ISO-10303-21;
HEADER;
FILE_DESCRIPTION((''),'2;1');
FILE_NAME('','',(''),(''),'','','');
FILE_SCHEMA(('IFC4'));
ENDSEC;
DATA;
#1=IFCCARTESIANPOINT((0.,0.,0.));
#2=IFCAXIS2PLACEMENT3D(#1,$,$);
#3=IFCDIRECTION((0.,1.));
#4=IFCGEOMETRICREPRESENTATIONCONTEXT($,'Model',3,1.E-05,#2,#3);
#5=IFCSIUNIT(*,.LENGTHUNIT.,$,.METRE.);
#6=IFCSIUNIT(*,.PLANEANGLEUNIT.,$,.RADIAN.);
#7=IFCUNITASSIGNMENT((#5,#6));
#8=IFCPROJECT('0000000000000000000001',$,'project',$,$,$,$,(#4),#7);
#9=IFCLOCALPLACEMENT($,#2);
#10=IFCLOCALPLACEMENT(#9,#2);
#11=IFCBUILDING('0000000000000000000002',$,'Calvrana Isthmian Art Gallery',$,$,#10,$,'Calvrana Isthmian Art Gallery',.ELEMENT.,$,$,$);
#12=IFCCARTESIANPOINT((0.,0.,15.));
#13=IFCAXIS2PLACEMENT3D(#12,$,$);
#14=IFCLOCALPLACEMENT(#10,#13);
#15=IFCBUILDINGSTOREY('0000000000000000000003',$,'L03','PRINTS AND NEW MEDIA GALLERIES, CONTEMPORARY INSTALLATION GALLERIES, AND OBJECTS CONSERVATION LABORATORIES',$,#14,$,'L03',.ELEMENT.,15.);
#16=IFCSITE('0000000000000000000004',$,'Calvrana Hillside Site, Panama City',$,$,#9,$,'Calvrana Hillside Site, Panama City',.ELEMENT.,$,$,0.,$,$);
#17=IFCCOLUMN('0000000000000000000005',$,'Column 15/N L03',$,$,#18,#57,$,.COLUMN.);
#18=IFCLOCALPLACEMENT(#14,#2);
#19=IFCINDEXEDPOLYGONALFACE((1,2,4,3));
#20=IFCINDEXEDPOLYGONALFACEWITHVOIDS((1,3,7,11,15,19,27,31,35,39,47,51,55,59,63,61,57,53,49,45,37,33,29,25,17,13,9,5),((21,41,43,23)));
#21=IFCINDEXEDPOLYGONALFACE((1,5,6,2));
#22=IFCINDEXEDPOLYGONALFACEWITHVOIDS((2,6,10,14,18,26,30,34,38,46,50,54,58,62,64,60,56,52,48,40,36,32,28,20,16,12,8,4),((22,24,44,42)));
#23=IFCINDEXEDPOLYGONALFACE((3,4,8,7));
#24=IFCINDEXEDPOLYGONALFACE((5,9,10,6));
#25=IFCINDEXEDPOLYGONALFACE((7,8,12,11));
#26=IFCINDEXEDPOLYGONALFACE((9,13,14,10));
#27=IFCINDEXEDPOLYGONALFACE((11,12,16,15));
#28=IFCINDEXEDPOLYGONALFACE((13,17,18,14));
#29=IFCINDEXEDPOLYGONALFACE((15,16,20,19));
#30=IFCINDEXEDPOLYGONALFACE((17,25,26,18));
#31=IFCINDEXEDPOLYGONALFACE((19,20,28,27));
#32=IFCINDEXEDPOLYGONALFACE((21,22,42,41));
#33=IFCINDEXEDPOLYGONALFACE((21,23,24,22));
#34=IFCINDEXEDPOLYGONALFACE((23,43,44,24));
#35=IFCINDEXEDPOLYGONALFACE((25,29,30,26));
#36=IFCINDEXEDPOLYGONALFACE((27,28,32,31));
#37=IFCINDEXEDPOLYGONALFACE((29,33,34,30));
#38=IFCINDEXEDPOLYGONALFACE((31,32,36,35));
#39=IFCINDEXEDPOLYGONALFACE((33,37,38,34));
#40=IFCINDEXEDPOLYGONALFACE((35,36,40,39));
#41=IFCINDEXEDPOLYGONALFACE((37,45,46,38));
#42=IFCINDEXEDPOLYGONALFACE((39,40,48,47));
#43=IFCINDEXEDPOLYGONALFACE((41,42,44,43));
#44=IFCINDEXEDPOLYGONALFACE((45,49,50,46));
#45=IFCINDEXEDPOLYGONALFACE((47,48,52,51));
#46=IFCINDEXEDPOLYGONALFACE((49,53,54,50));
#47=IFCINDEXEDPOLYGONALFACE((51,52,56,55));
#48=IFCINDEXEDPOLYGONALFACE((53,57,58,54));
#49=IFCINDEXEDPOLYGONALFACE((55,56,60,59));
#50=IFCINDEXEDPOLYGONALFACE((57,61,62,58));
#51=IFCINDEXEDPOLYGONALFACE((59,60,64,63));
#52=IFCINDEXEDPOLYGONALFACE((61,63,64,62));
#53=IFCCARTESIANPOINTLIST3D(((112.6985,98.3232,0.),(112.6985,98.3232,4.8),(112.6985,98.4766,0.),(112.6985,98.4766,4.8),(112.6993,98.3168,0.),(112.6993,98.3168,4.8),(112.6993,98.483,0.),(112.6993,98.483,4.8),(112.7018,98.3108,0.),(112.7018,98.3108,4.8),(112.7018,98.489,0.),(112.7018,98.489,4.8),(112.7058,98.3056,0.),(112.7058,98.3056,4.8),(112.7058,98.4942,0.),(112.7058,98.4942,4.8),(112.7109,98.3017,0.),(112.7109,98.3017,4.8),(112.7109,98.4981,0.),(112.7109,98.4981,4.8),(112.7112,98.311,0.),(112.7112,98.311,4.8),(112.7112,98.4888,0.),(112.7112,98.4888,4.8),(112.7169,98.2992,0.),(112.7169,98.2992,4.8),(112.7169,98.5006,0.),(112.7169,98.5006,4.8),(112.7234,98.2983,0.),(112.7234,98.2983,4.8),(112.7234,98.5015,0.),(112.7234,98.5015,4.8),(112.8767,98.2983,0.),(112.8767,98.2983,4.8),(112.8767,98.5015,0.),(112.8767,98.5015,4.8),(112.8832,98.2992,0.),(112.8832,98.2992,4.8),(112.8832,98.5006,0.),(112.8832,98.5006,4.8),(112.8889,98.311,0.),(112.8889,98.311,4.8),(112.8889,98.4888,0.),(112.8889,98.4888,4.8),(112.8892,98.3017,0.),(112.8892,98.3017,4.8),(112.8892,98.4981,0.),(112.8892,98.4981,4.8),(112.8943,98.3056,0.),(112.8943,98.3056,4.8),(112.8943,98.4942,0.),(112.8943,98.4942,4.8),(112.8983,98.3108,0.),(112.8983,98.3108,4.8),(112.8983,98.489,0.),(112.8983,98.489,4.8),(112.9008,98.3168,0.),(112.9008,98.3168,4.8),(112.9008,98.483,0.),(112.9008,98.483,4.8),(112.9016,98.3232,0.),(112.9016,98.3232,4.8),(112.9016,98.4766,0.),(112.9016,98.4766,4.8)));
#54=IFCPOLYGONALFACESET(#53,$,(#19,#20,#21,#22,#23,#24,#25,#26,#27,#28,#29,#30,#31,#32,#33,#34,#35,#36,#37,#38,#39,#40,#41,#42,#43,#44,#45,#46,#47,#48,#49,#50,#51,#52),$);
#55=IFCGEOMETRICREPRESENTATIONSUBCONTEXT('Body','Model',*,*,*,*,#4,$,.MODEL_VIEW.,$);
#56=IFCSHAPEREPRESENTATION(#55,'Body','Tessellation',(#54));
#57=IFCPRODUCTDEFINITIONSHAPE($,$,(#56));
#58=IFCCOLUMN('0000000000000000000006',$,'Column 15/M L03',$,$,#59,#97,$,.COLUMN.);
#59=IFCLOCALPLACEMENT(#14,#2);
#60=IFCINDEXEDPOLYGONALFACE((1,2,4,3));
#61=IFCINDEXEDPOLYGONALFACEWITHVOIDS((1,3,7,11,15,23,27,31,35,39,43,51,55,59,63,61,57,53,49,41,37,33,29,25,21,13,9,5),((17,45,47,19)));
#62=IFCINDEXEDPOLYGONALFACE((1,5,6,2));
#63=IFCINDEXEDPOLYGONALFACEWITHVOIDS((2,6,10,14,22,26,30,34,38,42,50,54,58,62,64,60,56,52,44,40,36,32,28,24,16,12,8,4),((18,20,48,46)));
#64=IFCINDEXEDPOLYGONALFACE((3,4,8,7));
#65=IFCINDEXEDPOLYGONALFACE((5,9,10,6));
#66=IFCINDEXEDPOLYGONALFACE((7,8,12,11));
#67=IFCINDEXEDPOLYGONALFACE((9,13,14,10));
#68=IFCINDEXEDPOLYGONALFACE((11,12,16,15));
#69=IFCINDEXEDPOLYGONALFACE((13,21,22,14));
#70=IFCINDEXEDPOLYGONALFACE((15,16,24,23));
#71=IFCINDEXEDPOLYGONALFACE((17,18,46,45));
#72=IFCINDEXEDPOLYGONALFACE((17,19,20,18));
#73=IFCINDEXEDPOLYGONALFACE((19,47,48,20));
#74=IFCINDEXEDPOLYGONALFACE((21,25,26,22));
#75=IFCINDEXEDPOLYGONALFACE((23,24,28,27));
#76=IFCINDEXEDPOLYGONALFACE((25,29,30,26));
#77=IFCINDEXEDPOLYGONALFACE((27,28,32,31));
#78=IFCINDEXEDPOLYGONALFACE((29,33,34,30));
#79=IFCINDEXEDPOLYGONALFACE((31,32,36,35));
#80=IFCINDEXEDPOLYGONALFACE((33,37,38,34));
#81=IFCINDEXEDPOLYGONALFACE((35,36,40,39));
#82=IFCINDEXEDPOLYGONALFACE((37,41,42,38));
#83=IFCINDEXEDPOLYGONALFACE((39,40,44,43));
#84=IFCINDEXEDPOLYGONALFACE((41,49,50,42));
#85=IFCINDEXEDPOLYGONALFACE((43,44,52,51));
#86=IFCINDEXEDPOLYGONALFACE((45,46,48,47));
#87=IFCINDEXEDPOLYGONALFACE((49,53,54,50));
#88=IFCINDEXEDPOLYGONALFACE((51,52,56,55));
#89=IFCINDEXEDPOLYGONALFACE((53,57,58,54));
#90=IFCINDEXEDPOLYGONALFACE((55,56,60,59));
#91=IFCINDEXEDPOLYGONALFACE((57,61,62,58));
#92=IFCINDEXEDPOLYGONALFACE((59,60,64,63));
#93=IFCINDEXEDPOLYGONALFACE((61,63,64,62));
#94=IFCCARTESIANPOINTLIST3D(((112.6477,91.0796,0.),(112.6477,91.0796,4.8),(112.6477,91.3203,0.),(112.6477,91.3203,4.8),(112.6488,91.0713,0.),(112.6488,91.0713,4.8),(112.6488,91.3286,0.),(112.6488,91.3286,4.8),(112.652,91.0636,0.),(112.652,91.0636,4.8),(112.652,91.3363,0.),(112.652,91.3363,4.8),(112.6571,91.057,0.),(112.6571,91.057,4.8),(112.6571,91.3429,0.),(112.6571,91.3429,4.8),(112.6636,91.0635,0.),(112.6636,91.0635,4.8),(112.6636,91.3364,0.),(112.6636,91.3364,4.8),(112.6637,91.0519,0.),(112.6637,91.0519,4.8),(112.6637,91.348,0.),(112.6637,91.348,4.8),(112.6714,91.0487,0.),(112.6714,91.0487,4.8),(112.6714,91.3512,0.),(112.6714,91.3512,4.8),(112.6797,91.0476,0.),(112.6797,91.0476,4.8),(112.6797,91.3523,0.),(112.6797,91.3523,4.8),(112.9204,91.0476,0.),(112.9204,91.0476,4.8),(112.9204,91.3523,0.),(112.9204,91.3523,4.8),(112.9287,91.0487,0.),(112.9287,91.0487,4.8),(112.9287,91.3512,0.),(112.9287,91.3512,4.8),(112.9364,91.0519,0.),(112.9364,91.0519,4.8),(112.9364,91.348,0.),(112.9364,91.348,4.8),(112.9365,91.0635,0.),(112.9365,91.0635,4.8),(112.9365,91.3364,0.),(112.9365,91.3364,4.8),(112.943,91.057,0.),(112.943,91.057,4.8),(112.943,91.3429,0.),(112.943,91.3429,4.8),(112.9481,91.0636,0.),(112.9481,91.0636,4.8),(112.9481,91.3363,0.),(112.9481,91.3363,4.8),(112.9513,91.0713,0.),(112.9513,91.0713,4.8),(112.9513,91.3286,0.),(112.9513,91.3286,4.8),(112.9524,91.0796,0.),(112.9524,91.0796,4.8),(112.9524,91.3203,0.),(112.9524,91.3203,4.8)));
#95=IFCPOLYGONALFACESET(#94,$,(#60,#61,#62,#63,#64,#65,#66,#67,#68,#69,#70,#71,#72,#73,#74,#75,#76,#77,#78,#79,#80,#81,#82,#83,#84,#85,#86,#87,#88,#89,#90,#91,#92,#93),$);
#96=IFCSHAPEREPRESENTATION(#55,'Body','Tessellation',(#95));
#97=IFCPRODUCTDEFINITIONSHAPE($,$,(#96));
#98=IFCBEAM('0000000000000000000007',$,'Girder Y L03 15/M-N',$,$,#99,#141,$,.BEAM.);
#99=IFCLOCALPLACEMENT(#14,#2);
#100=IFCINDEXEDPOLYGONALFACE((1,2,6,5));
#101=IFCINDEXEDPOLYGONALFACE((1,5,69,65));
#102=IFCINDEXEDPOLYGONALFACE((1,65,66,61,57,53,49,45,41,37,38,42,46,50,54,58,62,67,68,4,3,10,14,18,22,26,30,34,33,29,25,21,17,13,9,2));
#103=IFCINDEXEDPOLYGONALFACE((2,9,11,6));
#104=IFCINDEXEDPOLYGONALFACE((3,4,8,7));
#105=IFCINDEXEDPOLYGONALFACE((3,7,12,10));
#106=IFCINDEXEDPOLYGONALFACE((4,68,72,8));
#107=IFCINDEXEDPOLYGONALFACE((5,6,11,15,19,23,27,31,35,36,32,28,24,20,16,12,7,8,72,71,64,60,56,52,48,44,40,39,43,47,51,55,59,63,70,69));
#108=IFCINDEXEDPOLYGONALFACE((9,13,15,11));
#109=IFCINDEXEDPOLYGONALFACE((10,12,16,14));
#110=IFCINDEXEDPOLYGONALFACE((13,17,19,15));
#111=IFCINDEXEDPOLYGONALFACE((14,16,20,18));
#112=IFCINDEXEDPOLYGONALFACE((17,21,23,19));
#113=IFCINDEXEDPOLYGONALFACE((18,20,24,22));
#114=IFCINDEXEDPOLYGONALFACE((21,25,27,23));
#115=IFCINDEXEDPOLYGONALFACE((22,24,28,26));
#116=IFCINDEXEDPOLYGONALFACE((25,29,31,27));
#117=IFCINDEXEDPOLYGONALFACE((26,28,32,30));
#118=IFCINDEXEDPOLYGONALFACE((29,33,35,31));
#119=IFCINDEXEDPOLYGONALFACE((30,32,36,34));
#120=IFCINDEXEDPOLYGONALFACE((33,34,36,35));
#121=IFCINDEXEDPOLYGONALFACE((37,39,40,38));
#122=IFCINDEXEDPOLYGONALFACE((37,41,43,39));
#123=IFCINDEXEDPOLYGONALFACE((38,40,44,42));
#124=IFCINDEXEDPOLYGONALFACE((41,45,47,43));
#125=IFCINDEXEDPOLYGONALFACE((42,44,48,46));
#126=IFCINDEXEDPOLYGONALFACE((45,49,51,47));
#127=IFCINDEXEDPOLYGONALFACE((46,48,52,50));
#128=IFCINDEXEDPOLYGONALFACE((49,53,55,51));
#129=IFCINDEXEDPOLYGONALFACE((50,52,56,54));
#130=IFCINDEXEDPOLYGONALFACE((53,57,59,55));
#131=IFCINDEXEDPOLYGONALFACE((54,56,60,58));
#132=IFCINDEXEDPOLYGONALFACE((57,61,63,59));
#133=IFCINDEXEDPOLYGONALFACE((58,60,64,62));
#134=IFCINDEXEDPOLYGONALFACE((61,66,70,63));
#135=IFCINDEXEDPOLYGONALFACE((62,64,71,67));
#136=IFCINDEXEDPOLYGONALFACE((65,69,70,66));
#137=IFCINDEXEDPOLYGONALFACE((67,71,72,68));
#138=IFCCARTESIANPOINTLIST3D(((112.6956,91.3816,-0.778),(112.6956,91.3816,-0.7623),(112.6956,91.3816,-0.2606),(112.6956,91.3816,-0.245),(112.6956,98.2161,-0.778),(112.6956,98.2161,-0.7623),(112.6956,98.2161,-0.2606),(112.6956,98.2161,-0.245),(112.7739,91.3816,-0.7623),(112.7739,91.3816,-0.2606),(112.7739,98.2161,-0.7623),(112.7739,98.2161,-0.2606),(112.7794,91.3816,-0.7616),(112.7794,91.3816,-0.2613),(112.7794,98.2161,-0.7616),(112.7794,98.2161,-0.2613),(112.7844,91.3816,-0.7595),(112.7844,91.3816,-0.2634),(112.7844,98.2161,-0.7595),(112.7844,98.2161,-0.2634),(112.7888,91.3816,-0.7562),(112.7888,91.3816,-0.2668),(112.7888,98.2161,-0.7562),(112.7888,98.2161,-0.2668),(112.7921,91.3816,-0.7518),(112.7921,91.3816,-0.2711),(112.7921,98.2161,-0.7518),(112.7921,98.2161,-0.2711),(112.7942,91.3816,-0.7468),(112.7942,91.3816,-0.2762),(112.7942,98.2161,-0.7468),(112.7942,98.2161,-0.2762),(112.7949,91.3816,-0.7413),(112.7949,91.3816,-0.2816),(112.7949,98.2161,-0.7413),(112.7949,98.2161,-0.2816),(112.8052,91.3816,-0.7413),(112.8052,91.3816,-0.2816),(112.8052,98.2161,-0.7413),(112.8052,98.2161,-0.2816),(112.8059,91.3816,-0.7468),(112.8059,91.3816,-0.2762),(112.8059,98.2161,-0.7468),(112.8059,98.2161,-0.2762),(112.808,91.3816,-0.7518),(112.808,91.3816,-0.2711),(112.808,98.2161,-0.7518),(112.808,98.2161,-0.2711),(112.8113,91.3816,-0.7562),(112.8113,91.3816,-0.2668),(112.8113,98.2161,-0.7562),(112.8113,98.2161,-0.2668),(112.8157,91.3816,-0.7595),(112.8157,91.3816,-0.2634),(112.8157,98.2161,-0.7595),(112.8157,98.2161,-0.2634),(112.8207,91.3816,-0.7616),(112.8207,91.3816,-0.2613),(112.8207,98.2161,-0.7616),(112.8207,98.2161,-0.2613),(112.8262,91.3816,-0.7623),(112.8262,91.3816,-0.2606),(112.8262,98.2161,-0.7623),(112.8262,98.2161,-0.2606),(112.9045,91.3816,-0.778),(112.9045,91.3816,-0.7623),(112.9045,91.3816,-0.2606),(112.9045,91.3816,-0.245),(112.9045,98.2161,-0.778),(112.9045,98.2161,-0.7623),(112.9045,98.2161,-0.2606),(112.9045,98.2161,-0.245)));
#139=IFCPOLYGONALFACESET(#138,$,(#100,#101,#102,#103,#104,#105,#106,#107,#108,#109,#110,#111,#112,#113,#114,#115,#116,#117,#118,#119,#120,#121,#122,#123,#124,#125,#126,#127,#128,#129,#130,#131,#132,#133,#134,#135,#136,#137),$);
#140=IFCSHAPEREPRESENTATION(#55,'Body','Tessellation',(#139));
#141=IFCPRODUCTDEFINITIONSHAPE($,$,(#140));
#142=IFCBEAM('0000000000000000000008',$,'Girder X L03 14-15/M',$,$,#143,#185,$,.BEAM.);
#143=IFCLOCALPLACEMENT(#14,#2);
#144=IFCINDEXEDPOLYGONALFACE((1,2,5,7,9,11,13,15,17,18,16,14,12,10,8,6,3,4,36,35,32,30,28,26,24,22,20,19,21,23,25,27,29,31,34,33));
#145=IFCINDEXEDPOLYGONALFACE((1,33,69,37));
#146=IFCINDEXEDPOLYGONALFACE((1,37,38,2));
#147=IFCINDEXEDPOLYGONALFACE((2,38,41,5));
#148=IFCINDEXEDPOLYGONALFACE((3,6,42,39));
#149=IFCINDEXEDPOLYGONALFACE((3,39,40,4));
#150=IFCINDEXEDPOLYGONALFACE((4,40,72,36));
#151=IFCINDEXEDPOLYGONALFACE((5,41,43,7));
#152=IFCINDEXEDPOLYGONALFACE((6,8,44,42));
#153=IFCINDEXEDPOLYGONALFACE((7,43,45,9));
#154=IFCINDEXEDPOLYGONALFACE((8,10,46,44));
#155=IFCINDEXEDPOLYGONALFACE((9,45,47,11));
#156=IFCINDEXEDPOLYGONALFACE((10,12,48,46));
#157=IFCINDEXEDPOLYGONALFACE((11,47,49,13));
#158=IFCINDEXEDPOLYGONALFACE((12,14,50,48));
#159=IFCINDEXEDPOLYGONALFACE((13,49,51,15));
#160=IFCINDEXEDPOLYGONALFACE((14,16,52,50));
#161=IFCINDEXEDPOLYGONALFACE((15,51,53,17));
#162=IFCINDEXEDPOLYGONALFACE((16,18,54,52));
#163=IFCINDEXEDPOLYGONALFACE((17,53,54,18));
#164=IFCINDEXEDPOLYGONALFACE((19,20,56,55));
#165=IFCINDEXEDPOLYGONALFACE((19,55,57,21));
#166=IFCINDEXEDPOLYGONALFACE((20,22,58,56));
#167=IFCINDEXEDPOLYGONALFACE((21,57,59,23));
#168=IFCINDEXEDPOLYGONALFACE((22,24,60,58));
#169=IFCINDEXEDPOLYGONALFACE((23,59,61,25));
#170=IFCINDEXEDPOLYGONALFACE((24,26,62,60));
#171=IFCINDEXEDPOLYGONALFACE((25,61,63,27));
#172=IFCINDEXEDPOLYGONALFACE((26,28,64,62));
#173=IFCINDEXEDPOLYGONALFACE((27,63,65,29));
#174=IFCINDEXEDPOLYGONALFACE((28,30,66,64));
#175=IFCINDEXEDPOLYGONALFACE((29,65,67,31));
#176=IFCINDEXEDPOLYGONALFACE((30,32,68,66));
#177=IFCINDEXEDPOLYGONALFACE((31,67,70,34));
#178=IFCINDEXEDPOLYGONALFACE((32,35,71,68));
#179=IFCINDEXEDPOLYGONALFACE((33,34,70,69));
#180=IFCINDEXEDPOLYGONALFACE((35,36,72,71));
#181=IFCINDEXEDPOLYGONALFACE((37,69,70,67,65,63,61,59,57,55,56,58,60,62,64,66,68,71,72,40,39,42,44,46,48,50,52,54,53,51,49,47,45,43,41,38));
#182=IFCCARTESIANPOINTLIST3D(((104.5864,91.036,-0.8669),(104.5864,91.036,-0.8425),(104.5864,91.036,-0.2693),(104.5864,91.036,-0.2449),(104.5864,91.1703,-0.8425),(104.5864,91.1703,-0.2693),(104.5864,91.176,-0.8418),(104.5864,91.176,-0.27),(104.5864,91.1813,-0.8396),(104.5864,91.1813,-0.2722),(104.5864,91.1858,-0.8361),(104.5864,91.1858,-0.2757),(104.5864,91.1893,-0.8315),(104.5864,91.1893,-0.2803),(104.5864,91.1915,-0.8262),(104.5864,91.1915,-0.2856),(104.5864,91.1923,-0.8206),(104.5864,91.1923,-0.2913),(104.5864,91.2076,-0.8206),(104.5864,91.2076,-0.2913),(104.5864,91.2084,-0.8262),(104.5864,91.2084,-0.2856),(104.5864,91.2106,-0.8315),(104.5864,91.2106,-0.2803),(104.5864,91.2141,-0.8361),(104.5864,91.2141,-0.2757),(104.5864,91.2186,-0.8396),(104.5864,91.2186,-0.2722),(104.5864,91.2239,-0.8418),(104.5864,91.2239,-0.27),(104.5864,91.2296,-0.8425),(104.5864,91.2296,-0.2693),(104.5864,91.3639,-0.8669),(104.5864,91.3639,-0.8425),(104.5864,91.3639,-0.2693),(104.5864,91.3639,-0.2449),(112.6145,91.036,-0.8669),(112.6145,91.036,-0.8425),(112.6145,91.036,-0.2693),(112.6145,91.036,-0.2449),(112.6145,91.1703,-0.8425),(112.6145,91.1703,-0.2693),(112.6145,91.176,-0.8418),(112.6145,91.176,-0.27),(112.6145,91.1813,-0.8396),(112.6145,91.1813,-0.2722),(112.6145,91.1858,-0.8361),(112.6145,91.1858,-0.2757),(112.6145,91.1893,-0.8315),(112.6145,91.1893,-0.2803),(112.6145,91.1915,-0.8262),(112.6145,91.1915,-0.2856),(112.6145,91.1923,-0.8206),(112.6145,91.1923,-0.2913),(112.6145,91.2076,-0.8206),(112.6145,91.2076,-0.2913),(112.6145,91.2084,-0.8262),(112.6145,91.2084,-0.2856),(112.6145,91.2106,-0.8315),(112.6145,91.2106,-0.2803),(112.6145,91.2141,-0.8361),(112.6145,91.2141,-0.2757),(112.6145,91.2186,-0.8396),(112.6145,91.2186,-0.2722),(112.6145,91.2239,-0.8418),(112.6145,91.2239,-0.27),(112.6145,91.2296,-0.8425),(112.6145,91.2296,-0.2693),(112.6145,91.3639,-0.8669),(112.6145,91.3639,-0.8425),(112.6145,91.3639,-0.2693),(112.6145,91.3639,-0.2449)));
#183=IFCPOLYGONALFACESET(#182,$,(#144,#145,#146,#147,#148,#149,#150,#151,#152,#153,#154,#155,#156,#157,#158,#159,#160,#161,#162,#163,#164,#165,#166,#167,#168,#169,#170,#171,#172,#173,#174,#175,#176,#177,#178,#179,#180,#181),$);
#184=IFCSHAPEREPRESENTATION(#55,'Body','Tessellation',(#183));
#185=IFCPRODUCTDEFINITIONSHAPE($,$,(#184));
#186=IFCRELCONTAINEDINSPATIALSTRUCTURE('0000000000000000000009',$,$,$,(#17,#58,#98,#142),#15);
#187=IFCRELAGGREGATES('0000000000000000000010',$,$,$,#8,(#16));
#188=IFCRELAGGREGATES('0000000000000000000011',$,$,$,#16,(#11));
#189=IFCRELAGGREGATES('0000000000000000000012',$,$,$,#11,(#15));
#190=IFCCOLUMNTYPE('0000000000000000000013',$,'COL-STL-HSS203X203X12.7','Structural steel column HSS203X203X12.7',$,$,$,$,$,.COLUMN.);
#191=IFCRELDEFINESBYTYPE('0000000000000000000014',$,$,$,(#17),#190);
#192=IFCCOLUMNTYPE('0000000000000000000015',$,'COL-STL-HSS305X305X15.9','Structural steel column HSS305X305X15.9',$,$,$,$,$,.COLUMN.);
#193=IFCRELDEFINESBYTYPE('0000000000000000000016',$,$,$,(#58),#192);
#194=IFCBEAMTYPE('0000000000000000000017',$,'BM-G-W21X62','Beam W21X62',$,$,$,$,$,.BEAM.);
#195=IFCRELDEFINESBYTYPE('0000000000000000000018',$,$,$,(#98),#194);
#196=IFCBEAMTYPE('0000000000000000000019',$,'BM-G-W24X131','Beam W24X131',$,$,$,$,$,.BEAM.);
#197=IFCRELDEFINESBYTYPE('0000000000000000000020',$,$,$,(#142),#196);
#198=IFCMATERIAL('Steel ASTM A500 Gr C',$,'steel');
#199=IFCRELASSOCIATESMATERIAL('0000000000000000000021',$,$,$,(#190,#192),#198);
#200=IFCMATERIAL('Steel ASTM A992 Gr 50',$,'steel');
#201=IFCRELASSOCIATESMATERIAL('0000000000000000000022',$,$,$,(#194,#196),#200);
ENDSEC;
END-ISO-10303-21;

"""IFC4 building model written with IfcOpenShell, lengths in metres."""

from ifc_helpers import new_model, si_unit, direction, frame, origin, origin_2d, place, context, subcontext, project, spatial, hollow_rectangle, i_section, extrude, material, material_profile, profile_set, type_object, element, save


model = new_model("IFC4")

# Units and contexts
model_context = context("Model", 3, precision=1e-05, world=origin(), true_north=direction((0.0, 1.0)))
body_context = subcontext(model_context, "Body", "Model", "MODEL_VIEW")
ifc_project = project(units=[si_unit("LENGTHUNIT", "METRE"), si_unit("PLANEANGLEUNIT", "RADIAN")], contexts=[model_context])

# Site, building, storey
site_placement = place(None, origin())
site = spatial("IfcSite", under=ifc_project, at=site_placement, Name="Calvrana Hillside Site, Panama City", LongName="Calvrana Hillside Site, Panama City", CompositionType="ELEMENT", RefElevation=0.0)
building_placement = place(site_placement, origin())
building = spatial("IfcBuilding", under=site, at=building_placement, Name="Calvrana Isthmian Art Gallery", LongName="Calvrana Isthmian Art Gallery", CompositionType="ELEMENT")
storey_placement = place(building_placement, frame((0.0, 0.0, 15.0)))
storey = spatial("IfcBuildingStorey", under=building, at=storey_placement, Name="L03", Description="PRINTS AND NEW MEDIA GALLERIES, CONTEMPORARY INSTALLATION GALLERIES, AND OBJECTS CONSERVATION LABORATORIES", LongName="L03", CompositionType="ELEMENT", Elevation=15.0)

# Columns
ifc_material_1 = material(Name="Steel ASTM A500 Gr C", Category="steel")
ifc_material_profile_1 = material_profile(ifc_material_1, hollow_rectangle(XDim=0.2031, YDim=0.2031, WallThickness=0.0127, OuterFilletRadius=0.0249, at=origin_2d()), Name="HSS203X203X12.7")
ifc_profile_set_1 = profile_set([ifc_material_profile_1], Name="Steel ASTM A500 Gr C")
column_type_1 = type_object("IfcColumnType", Name="COL-STL-HSS203X203X12.7", Description="Structural steel column HSS203X203X12.7", PredefinedType="COLUMN", material=ifc_profile_set_1)
column_1_placement = place(storey_placement, frame((112.8, 98.3999, 0.0), z_axis=(0.0, 0.0, 1.0), x_axis=(1.0, 0.0, 0.0)))
element("IfcColumn", 1, at=column_1_placement, inside=storey, type_object=column_type_1, Name="Column 15/N L03", PredefinedType="COLUMN", context=body_context, shape_type="SweptSolid", body=[
    extrude(hollow_rectangle(XDim=0.2031, YDim=0.2031, WallThickness=0.0127, OuterFilletRadius=0.0249, at=origin_2d()), origin(), (0.0, 0.0, 1.0), 4.8),
])
ifc_material_profile_2 = material_profile(ifc_material_1, hollow_rectangle(XDim=0.3047, YDim=0.3047, WallThickness=0.0159, OuterFilletRadius=0.032, at=origin_2d()), Name="HSS305X305X15.9")
ifc_profile_set_2 = profile_set([ifc_material_profile_2], Name="Steel ASTM A500 Gr C")
column_type_2 = type_object("IfcColumnType", Name="COL-STL-HSS305X305X15.9", Description="Structural steel column HSS305X305X15.9", PredefinedType="COLUMN", material=ifc_profile_set_2)
column_2_placement = place(storey_placement, frame((112.8, 91.2, 0.0), z_axis=(0.0, 0.0, 1.0), x_axis=(1.0, 0.0, 0.0)))
element("IfcColumn", 2, at=column_2_placement, inside=storey, type_object=column_type_2, Name="Column 15/M L03", PredefinedType="COLUMN", context=body_context, shape_type="SweptSolid", body=[
    extrude(hollow_rectangle(XDim=0.3047, YDim=0.3047, WallThickness=0.0159, OuterFilletRadius=0.032, at=origin_2d()), origin(), (0.0, 0.0, 1.0), 4.8),
])

# Beams
ifc_material_2 = material(Name="Steel ASTM A992 Gr 50", Category="steel")
ifc_material_profile_3 = material_profile(ifc_material_2, i_section(OverallWidth=0.209, OverallDepth=0.533, WebThickness=0.0103, FlangeThickness=0.0156, FilletRadius=0.021, at=origin_2d()), Name="W21X62")
ifc_profile_set_3 = profile_set([ifc_material_profile_3], Name="Steel ASTM A992 Gr 50")
beam_type_1 = type_object("IfcBeamType", Name="BM-G-W21X62", Description="Beam W21X62", PredefinedType="BEAM", material=ifc_profile_set_3)
beam_1_placement = place(storey_placement, frame((112.8, 91.3816, -0.5115), z_axis=(0.0, 1.0, 0.0), x_axis=(-1.0, 0.0, 0.0)))
element("IfcBeam", 3, at=beam_1_placement, inside=storey, type_object=beam_type_1, Name="Girder Y L03 15/M-N", PredefinedType="BEAM", context=body_context, shape_type="SweptSolid", body=[
    extrude(i_section(OverallWidth=0.209, OverallDepth=0.533, WebThickness=0.0103, FlangeThickness=0.0156, FilletRadius=0.021, at=origin_2d()), origin(), (0.0, 0.0, 1.0), 6.8345),
])
ifc_material_profile_4 = material_profile(ifc_material_2, i_section(OverallWidth=0.3279, OverallDepth=0.6221, WebThickness=0.0154, FlangeThickness=0.0244, FilletRadius=0.022, at=origin_2d()), Name="W24X131")
ifc_profile_set_4 = profile_set([ifc_material_profile_4], Name="Steel ASTM A992 Gr 50")
beam_type_2 = type_object("IfcBeamType", Name="BM-G-W24X131", Description="Beam W24X131", PredefinedType="BEAM", material=ifc_profile_set_4)
beam_2_placement = place(storey_placement, frame((104.5864, 91.2, -0.5559), z_axis=(1.0, 0.0, 0.0), x_axis=(0.0, 1.0, 0.0)))
element("IfcBeam", 4, at=beam_2_placement, inside=storey, type_object=beam_type_2, Name="Girder X L03 14-15/M", PredefinedType="BEAM", context=body_context, shape_type="SweptSolid", body=[
    extrude(i_section(OverallWidth=0.3279, OverallDepth=0.6221, WebThickness=0.0154, FlangeThickness=0.0244, FilletRadius=0.022, at=origin_2d()), origin(), (0.0, 0.0, 1.0), 8.0281),
])

save(model, "model.ifc")
